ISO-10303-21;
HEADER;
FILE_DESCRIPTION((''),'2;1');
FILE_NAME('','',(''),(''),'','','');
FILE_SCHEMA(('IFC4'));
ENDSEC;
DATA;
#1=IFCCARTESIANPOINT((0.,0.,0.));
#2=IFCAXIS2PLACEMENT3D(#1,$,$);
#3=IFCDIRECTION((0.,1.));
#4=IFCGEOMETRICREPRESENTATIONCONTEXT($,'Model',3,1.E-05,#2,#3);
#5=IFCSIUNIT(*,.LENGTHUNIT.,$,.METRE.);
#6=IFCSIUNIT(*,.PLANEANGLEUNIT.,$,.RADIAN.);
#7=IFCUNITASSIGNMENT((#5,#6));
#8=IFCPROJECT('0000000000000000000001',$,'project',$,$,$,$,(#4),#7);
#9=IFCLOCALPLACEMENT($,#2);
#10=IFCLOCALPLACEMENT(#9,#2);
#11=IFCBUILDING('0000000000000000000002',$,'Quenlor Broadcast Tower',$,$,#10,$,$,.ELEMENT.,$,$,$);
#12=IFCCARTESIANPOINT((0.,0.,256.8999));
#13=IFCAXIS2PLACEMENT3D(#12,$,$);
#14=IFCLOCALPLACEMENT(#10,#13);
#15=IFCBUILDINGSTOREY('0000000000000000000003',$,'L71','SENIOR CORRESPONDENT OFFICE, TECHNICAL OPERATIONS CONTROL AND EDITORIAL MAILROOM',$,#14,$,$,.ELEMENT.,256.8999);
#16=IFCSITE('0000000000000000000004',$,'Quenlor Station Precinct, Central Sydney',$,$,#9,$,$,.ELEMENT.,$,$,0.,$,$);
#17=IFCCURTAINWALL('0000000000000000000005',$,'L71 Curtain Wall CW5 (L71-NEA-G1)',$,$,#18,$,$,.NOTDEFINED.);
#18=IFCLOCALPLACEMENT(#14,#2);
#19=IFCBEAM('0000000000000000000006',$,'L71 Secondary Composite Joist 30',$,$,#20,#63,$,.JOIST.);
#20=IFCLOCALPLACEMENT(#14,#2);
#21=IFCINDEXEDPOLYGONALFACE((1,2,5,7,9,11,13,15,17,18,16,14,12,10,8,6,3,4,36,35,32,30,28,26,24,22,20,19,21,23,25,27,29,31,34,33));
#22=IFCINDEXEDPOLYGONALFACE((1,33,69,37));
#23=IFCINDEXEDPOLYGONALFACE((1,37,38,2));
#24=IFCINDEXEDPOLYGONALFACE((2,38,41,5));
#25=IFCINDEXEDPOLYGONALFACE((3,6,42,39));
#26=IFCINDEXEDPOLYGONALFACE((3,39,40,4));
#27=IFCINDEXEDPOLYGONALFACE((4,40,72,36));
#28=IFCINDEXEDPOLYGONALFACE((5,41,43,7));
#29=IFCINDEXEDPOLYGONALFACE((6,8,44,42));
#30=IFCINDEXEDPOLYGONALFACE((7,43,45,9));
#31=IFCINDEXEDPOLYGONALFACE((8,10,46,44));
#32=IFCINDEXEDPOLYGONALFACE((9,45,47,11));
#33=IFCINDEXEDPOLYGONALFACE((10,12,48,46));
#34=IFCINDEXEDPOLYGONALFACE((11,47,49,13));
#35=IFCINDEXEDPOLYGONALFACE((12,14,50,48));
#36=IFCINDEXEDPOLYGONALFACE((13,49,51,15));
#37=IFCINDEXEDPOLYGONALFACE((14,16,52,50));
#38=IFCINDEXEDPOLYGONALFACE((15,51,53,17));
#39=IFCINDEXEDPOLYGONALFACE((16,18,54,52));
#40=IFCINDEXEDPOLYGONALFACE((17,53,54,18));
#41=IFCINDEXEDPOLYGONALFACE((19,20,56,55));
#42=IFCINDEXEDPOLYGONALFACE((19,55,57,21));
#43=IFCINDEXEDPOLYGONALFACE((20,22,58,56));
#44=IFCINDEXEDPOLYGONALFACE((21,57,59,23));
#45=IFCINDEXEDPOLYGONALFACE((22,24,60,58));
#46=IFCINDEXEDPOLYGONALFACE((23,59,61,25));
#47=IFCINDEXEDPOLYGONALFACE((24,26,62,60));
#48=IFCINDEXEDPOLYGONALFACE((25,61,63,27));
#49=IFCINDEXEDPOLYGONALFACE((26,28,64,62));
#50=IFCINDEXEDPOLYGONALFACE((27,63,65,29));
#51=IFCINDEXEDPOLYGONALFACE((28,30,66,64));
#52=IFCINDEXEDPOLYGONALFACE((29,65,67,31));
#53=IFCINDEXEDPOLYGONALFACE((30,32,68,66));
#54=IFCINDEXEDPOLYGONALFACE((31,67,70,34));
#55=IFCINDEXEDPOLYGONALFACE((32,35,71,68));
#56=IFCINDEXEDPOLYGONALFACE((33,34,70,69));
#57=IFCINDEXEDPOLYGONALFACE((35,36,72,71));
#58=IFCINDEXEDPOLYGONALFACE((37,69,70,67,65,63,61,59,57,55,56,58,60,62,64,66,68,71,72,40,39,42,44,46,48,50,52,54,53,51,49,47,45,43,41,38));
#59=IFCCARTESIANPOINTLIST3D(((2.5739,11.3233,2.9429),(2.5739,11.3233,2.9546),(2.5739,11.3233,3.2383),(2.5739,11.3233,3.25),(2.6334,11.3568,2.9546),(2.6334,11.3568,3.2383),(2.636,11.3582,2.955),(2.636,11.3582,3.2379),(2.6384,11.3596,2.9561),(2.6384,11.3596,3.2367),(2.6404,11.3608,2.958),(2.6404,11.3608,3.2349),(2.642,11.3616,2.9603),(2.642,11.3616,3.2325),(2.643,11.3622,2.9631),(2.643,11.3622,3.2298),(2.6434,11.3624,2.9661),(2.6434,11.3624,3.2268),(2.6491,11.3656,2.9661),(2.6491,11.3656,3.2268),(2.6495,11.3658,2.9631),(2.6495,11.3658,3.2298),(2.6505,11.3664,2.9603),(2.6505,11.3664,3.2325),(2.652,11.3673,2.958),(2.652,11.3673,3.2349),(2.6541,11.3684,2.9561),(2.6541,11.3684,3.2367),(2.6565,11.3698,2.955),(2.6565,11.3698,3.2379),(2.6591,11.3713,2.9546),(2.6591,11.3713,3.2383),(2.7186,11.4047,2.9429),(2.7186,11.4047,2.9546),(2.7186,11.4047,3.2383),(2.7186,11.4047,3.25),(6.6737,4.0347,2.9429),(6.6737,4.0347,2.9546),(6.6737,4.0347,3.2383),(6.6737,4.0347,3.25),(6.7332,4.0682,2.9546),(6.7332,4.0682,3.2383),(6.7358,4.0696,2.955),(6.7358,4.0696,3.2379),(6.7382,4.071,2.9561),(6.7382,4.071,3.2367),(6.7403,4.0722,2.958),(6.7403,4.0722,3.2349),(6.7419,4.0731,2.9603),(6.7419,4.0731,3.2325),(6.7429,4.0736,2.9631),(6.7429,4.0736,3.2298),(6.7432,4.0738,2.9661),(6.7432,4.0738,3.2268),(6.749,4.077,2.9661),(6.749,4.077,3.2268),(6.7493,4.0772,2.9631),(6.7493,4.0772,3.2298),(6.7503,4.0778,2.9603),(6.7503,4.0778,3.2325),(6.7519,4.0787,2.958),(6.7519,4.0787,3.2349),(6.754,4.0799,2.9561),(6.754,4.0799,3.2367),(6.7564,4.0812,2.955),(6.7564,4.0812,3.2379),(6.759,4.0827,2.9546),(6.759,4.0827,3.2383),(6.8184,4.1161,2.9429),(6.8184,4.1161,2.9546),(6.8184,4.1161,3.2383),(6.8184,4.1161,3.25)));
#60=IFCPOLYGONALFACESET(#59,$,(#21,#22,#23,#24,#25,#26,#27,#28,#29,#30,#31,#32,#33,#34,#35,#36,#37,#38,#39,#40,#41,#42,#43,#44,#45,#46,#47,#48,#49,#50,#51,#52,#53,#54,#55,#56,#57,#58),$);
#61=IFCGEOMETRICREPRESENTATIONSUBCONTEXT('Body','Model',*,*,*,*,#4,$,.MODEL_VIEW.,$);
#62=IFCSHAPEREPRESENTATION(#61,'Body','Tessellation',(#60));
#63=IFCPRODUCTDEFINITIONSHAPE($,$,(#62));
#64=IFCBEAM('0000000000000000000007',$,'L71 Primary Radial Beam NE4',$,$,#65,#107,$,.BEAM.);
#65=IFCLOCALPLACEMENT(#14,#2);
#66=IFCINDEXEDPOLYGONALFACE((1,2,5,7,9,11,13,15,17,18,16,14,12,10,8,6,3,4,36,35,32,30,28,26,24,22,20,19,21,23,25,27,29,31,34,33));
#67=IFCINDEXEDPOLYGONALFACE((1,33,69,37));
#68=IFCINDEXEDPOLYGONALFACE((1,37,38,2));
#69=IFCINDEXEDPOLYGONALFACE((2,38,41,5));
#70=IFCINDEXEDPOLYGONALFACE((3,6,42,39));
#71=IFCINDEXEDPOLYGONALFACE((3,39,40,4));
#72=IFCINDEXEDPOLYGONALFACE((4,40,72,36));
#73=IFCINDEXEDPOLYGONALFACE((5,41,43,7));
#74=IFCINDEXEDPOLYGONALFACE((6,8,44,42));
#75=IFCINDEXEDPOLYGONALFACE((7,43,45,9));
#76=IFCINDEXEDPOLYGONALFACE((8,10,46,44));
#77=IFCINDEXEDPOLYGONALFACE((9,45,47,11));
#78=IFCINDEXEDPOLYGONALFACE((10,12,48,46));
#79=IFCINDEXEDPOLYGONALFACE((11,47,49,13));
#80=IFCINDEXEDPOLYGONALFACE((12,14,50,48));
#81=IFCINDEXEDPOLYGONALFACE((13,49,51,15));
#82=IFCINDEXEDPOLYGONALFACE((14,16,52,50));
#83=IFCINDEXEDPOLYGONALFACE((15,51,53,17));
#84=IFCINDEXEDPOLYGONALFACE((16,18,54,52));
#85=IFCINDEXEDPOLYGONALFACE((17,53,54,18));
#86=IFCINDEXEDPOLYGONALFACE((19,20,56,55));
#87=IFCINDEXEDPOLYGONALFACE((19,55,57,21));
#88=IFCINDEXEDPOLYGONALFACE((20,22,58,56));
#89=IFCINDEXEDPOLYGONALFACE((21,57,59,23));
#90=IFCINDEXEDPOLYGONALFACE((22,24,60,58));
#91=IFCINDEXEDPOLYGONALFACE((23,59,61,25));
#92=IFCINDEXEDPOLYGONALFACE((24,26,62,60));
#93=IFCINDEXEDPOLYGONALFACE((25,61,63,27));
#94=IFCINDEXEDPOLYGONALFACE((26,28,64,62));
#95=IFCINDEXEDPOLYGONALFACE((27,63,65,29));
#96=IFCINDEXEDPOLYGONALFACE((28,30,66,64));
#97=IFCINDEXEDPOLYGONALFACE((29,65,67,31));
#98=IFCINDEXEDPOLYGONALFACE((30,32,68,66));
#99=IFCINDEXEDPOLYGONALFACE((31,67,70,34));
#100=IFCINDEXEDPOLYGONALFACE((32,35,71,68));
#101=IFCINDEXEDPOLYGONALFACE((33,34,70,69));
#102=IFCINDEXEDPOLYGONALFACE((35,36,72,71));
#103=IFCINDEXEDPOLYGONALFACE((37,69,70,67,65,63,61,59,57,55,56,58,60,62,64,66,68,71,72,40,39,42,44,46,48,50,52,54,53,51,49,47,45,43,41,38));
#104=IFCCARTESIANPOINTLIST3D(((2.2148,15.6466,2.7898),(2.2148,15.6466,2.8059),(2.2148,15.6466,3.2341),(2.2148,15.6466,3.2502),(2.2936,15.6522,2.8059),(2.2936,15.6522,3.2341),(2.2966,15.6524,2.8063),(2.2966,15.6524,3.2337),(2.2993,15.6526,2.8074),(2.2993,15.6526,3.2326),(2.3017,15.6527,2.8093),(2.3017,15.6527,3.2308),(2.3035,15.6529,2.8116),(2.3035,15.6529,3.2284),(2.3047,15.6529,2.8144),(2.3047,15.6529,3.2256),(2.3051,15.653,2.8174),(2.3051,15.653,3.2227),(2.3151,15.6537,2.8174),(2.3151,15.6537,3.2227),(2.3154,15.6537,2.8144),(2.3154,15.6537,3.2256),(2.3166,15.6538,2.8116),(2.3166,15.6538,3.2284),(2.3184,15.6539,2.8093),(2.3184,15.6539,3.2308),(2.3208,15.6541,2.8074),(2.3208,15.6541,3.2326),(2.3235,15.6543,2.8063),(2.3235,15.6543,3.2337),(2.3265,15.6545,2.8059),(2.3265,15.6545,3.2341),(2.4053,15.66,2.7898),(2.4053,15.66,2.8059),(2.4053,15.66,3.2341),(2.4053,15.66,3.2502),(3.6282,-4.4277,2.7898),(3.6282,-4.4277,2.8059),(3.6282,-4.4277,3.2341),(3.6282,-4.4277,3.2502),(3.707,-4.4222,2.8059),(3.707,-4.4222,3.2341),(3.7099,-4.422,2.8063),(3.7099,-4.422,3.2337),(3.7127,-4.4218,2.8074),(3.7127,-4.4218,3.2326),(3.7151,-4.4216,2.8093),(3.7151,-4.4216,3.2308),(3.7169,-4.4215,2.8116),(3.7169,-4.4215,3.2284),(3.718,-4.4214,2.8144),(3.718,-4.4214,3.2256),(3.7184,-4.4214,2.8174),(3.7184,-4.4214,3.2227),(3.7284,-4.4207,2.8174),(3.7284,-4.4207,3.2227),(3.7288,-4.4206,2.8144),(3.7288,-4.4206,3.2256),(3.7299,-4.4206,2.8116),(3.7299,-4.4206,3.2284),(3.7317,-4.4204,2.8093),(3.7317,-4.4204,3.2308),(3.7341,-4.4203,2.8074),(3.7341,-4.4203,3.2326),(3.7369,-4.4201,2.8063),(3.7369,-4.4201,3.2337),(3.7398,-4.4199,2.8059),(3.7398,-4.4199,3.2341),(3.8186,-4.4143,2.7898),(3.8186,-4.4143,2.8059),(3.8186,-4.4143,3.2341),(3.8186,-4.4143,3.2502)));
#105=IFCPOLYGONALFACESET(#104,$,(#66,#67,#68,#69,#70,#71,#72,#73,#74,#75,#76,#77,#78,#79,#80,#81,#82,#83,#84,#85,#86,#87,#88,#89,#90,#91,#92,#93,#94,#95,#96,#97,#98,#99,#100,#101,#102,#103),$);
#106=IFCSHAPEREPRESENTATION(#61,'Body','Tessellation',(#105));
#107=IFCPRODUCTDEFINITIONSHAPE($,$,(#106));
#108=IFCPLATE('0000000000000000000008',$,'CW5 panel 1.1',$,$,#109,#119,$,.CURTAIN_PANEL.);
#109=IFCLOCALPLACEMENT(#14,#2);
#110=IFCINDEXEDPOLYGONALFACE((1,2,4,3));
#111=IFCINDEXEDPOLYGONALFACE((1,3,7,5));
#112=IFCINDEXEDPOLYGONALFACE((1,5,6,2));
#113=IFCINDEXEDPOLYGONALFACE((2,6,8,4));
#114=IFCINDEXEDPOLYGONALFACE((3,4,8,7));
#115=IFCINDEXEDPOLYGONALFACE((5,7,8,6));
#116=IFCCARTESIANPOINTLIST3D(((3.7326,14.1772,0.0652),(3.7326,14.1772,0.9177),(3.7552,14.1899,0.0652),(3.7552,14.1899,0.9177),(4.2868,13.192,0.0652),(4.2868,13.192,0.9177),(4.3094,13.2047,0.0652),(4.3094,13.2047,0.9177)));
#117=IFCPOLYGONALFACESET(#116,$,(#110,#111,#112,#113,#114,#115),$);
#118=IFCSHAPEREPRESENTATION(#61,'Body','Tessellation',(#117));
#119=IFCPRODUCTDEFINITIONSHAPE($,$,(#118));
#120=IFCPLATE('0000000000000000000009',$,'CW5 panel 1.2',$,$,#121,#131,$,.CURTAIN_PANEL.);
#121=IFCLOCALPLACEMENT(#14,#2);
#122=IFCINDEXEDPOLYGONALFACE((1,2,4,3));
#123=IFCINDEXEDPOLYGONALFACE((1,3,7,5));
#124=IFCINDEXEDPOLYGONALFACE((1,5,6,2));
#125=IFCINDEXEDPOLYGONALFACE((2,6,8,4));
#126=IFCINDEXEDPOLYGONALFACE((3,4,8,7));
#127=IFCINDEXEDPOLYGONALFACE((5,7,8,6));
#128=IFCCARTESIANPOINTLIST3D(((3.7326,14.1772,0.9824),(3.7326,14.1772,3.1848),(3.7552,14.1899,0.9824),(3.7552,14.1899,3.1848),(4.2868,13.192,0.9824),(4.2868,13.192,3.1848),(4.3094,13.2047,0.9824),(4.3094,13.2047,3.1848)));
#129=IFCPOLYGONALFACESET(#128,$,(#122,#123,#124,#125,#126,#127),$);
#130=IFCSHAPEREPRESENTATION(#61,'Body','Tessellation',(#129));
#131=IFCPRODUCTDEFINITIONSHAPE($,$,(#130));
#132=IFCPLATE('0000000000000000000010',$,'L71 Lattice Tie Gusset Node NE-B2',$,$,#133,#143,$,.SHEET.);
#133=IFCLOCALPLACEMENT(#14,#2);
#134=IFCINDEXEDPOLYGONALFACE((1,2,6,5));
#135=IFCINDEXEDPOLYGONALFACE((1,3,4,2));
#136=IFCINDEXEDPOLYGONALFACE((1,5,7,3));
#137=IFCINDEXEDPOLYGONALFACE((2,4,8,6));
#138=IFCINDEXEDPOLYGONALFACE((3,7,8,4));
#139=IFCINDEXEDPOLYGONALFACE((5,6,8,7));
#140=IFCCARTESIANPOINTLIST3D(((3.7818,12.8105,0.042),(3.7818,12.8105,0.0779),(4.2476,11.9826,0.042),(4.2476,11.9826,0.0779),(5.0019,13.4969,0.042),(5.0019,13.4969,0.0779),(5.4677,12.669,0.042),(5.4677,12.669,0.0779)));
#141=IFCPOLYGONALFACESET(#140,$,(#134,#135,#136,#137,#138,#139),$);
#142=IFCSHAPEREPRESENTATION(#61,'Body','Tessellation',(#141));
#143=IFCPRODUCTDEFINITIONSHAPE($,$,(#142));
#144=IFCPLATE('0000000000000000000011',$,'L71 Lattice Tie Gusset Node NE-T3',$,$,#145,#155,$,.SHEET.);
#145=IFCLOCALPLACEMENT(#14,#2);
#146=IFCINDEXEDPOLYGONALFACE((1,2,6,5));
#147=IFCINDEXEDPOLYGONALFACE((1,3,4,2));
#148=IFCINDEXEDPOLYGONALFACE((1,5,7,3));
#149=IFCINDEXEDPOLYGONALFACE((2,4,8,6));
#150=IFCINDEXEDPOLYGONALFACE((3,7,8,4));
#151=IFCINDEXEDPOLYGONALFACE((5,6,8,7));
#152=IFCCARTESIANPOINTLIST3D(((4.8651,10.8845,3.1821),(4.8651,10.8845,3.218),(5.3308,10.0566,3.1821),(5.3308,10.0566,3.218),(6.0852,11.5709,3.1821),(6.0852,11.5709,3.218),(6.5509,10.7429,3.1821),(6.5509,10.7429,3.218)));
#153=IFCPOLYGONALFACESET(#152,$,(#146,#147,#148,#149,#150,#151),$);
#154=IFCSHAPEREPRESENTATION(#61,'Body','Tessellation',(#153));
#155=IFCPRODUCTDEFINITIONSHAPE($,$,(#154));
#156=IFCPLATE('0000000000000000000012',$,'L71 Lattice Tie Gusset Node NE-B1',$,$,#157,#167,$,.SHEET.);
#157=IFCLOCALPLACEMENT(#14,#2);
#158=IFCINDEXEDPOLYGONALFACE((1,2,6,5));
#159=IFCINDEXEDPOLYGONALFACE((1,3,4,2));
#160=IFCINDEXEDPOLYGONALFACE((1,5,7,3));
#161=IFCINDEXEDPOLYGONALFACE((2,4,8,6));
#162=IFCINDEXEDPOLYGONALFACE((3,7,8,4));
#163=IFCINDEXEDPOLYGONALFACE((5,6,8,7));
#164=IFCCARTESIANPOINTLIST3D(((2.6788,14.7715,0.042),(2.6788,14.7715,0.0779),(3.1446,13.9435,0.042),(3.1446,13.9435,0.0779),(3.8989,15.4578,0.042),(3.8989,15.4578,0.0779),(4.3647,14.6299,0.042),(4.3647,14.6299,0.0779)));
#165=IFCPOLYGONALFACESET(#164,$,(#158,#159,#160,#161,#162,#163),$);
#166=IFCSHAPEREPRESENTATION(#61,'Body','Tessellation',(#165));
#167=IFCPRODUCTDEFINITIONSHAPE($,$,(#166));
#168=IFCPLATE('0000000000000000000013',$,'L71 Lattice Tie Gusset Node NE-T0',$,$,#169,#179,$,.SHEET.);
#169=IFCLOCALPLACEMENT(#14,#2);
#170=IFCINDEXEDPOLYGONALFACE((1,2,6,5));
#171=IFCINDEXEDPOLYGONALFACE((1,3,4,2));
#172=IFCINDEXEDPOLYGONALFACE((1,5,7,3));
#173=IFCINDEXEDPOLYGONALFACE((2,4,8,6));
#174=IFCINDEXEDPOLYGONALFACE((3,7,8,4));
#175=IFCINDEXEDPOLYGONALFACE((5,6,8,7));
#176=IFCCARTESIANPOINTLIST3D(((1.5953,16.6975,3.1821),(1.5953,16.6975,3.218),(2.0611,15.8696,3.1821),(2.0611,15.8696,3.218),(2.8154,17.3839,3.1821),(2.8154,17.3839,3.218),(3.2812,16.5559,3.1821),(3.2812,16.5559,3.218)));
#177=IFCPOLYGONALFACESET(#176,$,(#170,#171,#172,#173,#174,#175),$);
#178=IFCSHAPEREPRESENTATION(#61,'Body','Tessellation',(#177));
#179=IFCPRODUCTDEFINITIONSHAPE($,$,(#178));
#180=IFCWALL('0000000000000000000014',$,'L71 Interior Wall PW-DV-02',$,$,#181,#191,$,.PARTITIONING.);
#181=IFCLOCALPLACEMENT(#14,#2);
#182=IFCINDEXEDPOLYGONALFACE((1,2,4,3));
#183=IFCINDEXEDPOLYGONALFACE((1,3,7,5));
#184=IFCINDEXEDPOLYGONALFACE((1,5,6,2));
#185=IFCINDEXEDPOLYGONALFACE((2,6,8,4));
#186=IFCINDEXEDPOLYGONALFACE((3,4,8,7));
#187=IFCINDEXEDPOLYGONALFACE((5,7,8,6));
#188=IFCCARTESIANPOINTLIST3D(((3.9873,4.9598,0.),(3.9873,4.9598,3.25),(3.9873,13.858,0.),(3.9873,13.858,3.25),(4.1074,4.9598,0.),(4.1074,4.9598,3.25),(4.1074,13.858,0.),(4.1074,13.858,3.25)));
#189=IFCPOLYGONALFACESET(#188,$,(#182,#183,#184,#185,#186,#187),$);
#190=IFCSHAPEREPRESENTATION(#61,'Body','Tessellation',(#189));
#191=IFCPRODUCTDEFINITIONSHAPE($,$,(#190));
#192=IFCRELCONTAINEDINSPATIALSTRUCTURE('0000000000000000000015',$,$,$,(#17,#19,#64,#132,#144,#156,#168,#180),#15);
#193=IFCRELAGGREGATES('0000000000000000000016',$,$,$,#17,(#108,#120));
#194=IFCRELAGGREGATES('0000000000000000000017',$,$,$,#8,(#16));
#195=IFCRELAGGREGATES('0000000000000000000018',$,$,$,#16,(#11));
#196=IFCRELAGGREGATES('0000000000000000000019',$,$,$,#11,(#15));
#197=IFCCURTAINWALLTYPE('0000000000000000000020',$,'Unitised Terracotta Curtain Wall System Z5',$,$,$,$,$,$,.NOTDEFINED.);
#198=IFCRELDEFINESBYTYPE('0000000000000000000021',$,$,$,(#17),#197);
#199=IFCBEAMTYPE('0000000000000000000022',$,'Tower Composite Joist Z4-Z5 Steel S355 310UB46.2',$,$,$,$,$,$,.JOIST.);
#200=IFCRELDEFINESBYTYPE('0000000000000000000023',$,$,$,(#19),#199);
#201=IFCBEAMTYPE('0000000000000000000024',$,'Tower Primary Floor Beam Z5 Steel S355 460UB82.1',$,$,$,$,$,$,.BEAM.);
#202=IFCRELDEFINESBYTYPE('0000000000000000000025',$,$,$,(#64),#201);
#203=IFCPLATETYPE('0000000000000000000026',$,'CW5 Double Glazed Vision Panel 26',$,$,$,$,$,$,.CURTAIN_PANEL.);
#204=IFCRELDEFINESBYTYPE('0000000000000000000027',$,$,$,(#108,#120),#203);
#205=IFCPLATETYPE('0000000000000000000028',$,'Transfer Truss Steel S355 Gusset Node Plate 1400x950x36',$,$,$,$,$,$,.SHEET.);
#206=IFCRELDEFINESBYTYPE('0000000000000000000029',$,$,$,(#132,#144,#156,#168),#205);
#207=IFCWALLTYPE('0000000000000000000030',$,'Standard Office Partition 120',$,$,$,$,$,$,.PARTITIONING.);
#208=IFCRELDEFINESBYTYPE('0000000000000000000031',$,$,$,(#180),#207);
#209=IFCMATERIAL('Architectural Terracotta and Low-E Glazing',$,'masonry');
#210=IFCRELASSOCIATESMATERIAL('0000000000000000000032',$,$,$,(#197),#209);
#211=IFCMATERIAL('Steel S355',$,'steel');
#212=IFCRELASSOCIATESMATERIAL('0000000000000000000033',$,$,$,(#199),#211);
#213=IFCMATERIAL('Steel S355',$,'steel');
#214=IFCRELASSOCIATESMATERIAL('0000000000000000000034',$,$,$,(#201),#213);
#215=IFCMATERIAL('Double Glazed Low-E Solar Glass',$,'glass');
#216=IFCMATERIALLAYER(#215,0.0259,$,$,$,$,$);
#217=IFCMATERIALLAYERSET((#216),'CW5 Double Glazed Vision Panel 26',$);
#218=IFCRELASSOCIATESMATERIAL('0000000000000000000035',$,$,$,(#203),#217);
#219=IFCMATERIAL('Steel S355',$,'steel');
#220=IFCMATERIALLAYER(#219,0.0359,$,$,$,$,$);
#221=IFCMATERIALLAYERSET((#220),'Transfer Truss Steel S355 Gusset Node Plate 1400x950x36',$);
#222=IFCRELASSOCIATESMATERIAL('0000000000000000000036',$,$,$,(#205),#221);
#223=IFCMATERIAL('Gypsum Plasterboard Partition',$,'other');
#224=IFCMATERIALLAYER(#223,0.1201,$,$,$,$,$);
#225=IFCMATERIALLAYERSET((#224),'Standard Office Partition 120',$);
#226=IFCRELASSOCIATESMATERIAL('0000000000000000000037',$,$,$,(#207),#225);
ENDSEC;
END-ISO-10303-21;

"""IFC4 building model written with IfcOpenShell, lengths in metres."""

from ifc_helpers import new_model, si_unit, direction, frame, frame_2d, origin, origin_2d, place, context, subcontext, project, spatial, rectangle, i_section, extrude, material, layer, layer_set, material_profile, profile_set, type_object, element, aggregate, save


model = new_model("IFC4")

# Units and contexts
model_context = context("Model", 3, precision=1e-05, world=origin(), true_north=direction((0.0, 1.0)))
body_context = subcontext(model_context, "Body", "Model", "MODEL_VIEW")
ifc_project = project(units=[si_unit("LENGTHUNIT", "METRE"), si_unit("PLANEANGLEUNIT", "RADIAN")], contexts=[model_context])

# Site, building, storey
site_placement = place(None, origin())
site = spatial("IfcSite", under=ifc_project, at=site_placement, Name="Quenlor Station Precinct, Central Sydney", CompositionType="ELEMENT", RefElevation=0.0)
building_placement = place(site_placement, origin())
building = spatial("IfcBuilding", under=site, at=building_placement, Name="Quenlor Broadcast Tower", CompositionType="ELEMENT")
storey_placement = place(building_placement, frame((0.0, 0.0, 256.8999)))
storey = spatial("IfcBuildingStorey", under=building, at=storey_placement, Name="L71", Description="SENIOR CORRESPONDENT OFFICE, TECHNICAL OPERATIONS CONTROL AND EDITORIAL MAILROOM", CompositionType="ELEMENT", Elevation=256.8999)

# Curtain wall
ifc_material_1 = material(Name="Architectural Terracotta and Low-E Glazing", Category="masonry")
curtain_wall_type = type_object("IfcCurtainWallType", Name="Unitised Terracotta Curtain Wall System Z5", PredefinedType="NOTDEFINED", material=ifc_material_1)
curtain_wall_placement = place(storey_placement, origin())
curtain_wall = element("IfcCurtainWall", 1, at=curtain_wall_placement, inside=storey, type_object=curtain_wall_type, Name="L71 Curtain Wall CW5 (L71-NEA-G1)", PredefinedType="NOTDEFINED")

# Beams
ifc_material_2 = material(Name="Steel S355", Category="steel")
ifc_material_profile_1 = material_profile(ifc_material_2, i_section(OverallWidth=0.166, OverallDepth=0.3071, WebThickness=0.0066, FlangeThickness=0.0117, FilletRadius=0.0115, at=origin_2d()))
ifc_profile_set_1 = profile_set([ifc_material_profile_1], Name="Steel S355 310UB46.2")
beam_type_1 = type_object("IfcBeamType", Name="Tower Composite Joist Z4-Z5 Steel S355 310UB46.2", PredefinedType="JOIST", material=ifc_profile_set_1)
beam_1_placement = place(storey_placement, frame((2.6462, 11.364, 3.0964), z_axis=(0.490264, -0.871574, 0.0), x_axis=(0.871574, 0.490264, 0.0)))
element("IfcBeam", 2, at=beam_1_placement, inside=storey, type_object=beam_type_1, Name="L71 Secondary Composite Joist 30", PredefinedType="JOIST", context=body_context, shape_type="SweptSolid", body=[
    extrude(i_section(OverallWidth=0.166, OverallDepth=0.3071, WebThickness=0.0066, FlangeThickness=0.0117, FilletRadius=0.0115, at=origin_2d()), origin(), (0.0, 0.0, 1.0), 8.3625),
])
ifc_material_3 = material(Name="Steel S355", Category="steel")
ifc_material_profile_2 = material_profile(ifc_material_3, i_section(OverallWidth=0.1909, OverallDepth=0.4604, WebThickness=0.01, FlangeThickness=0.0161, FilletRadius=0.0115, at=origin_2d()))
ifc_profile_set_2 = profile_set([ifc_material_profile_2], Name="Steel S355 460UB82.1")
beam_type_2 = type_object("IfcBeamType", Name="Tower Primary Floor Beam Z5 Steel S355 460UB82.1", PredefinedType="BEAM", material=ifc_profile_set_2)
beam_2_placement = place(storey_placement, frame((2.3101, 15.6533, 3.02), z_axis=(0.070231, -0.997531, 0.0), x_axis=(0.997531, 0.070231, 0.0)))
element("IfcBeam", 3, at=beam_2_placement, inside=storey, type_object=beam_type_2, Name="L71 Primary Radial Beam NE4", PredefinedType="BEAM", context=body_context, shape_type="SweptSolid", body=[
    extrude(i_section(OverallWidth=0.1909, OverallDepth=0.4604, WebThickness=0.01, FlangeThickness=0.0161, FilletRadius=0.0115, at=origin_2d()), origin(), (0.0, 0.0, 1.0), 20.124),
])

# Plates
ifc_material_4 = material(Name="Double Glazed Low-E Solar Glass", Category="glass")
ifc_layer_1 = layer(ifc_material_4, 0.0259)
ifc_layer_set_1 = layer_set([ifc_layer_1], Name="CW5 Double Glazed Vision Panel 26")
plate_type_1 = type_object("IfcPlateType", Name="CW5 Double Glazed Vision Panel 26", PredefinedType="CURTAIN_PANEL", material=ifc_layer_set_1)
plate_1_placement = place(storey_placement, frame((4.021, 13.6909, 0.0652), z_axis=(0.0, 0.0, 1.0), x_axis=(0.490291, -0.871559, 0.0)))
plate_1 = element("IfcPlate", 4, at=plate_1_placement, type_object=plate_type_1, Name="CW5 panel 1.1", PredefinedType="CURTAIN_PANEL", context=body_context, shape_type="SweptSolid", body=[
    extrude(rectangle(XDim=1.1304, YDim=0.0259, at=origin_2d()), origin(), (0.0, 0.0, 1.0), 0.8525),
])
plate_2_placement = place(storey_placement, frame((4.021, 13.6909, 0.9824), z_axis=(0.0, 0.0, 1.0), x_axis=(0.490291, -0.871559, 0.0)))
plate_2 = element("IfcPlate", 5, at=plate_2_placement, type_object=plate_type_1, Name="CW5 panel 1.2", PredefinedType="CURTAIN_PANEL", context=body_context, shape_type="SweptSolid", body=[
    extrude(rectangle(XDim=1.1304, YDim=0.0259, at=origin_2d()), origin(), (0.0, 0.0, 1.0), 2.2024),
])
aggregate(curtain_wall, [plate_1, plate_2])

# Plates
ifc_material_5 = material(Name="Steel S355", Category="steel")
ifc_layer_2 = layer(ifc_material_5, 0.0359)
ifc_layer_set_2 = layer_set([ifc_layer_2], Name="Transfer Truss Steel S355 Gusset Node Plate 1400x950x36")
plate_type_2 = type_object("IfcPlateType", Name="Transfer Truss Steel S355 Gusset Node Plate 1400x950x36", PredefinedType="SHEET", material=ifc_layer_set_2)
for number, where, z_axis, x_axis, name in (
    (6, (4.6248, 12.7397, 0.042), (0.0, 0.0, 1.0), (0.871556, 0.490295, 0.0), "L71 Lattice Tie Gusset Node NE-B2"),
    (7, (5.708, 10.8137, 3.1821), (0.0, 0.0, 1.0), (0.871556, 0.490295, 0.0), "L71 Lattice Tie Gusset Node NE-T3"),
    (8, (3.5217, 14.7007, 0.042), (0.0, 0.0, 1.0), (0.871556, 0.490295, 0.0), "L71 Lattice Tie Gusset Node NE-B1"),
    (9, (2.4382, 16.6267, 3.1821), (0.0, 0.0, 1.0), (0.871556, 0.490295, 0.0), "L71 Lattice Tie Gusset Node NE-T0"),
):
    element("IfcPlate", number, at=place(storey_placement, frame(where, z_axis=z_axis, x_axis=x_axis)), inside=storey, type_object=plate_type_2, Name=name, PredefinedType="SHEET", context=body_context, shape_type="SweptSolid", body=[
        extrude(rectangle(XDim=1.3999, YDim=0.95, at=origin_2d()), origin(), (0.0, 0.0, 1.0), 0.0359),
    ])

# Wall
ifc_material_6 = material(Name="Gypsum Plasterboard Partition", Category="other")
ifc_layer_3 = layer(ifc_material_6, 0.1201)
ifc_layer_set_3 = layer_set([ifc_layer_3], Name="Standard Office Partition 120")
wall_type_1 = type_object("IfcWallType", Name="Standard Office Partition 120", PredefinedType="PARTITIONING", material=ifc_layer_set_3)
wall_1_placement = place(storey_placement, frame((4.0474, 13.8582, 0.0), z_axis=(0.0, 0.0, 1.0), x_axis=(0.0, -1.0, 0.0)))
element("IfcWall", 10, at=wall_1_placement, inside=storey, type_object=wall_type_1, Name="L71 Interior Wall PW-DV-02", PredefinedType="PARTITIONING", context=body_context, shape_type="SweptSolid", body=[
    extrude(rectangle(XDim=8.8982, YDim=0.1201, at=frame_2d((4.4492, 0.0))), origin(), (0.0, 0.0, 1.0), 3.25),
])

save(model, "model.ifc")
